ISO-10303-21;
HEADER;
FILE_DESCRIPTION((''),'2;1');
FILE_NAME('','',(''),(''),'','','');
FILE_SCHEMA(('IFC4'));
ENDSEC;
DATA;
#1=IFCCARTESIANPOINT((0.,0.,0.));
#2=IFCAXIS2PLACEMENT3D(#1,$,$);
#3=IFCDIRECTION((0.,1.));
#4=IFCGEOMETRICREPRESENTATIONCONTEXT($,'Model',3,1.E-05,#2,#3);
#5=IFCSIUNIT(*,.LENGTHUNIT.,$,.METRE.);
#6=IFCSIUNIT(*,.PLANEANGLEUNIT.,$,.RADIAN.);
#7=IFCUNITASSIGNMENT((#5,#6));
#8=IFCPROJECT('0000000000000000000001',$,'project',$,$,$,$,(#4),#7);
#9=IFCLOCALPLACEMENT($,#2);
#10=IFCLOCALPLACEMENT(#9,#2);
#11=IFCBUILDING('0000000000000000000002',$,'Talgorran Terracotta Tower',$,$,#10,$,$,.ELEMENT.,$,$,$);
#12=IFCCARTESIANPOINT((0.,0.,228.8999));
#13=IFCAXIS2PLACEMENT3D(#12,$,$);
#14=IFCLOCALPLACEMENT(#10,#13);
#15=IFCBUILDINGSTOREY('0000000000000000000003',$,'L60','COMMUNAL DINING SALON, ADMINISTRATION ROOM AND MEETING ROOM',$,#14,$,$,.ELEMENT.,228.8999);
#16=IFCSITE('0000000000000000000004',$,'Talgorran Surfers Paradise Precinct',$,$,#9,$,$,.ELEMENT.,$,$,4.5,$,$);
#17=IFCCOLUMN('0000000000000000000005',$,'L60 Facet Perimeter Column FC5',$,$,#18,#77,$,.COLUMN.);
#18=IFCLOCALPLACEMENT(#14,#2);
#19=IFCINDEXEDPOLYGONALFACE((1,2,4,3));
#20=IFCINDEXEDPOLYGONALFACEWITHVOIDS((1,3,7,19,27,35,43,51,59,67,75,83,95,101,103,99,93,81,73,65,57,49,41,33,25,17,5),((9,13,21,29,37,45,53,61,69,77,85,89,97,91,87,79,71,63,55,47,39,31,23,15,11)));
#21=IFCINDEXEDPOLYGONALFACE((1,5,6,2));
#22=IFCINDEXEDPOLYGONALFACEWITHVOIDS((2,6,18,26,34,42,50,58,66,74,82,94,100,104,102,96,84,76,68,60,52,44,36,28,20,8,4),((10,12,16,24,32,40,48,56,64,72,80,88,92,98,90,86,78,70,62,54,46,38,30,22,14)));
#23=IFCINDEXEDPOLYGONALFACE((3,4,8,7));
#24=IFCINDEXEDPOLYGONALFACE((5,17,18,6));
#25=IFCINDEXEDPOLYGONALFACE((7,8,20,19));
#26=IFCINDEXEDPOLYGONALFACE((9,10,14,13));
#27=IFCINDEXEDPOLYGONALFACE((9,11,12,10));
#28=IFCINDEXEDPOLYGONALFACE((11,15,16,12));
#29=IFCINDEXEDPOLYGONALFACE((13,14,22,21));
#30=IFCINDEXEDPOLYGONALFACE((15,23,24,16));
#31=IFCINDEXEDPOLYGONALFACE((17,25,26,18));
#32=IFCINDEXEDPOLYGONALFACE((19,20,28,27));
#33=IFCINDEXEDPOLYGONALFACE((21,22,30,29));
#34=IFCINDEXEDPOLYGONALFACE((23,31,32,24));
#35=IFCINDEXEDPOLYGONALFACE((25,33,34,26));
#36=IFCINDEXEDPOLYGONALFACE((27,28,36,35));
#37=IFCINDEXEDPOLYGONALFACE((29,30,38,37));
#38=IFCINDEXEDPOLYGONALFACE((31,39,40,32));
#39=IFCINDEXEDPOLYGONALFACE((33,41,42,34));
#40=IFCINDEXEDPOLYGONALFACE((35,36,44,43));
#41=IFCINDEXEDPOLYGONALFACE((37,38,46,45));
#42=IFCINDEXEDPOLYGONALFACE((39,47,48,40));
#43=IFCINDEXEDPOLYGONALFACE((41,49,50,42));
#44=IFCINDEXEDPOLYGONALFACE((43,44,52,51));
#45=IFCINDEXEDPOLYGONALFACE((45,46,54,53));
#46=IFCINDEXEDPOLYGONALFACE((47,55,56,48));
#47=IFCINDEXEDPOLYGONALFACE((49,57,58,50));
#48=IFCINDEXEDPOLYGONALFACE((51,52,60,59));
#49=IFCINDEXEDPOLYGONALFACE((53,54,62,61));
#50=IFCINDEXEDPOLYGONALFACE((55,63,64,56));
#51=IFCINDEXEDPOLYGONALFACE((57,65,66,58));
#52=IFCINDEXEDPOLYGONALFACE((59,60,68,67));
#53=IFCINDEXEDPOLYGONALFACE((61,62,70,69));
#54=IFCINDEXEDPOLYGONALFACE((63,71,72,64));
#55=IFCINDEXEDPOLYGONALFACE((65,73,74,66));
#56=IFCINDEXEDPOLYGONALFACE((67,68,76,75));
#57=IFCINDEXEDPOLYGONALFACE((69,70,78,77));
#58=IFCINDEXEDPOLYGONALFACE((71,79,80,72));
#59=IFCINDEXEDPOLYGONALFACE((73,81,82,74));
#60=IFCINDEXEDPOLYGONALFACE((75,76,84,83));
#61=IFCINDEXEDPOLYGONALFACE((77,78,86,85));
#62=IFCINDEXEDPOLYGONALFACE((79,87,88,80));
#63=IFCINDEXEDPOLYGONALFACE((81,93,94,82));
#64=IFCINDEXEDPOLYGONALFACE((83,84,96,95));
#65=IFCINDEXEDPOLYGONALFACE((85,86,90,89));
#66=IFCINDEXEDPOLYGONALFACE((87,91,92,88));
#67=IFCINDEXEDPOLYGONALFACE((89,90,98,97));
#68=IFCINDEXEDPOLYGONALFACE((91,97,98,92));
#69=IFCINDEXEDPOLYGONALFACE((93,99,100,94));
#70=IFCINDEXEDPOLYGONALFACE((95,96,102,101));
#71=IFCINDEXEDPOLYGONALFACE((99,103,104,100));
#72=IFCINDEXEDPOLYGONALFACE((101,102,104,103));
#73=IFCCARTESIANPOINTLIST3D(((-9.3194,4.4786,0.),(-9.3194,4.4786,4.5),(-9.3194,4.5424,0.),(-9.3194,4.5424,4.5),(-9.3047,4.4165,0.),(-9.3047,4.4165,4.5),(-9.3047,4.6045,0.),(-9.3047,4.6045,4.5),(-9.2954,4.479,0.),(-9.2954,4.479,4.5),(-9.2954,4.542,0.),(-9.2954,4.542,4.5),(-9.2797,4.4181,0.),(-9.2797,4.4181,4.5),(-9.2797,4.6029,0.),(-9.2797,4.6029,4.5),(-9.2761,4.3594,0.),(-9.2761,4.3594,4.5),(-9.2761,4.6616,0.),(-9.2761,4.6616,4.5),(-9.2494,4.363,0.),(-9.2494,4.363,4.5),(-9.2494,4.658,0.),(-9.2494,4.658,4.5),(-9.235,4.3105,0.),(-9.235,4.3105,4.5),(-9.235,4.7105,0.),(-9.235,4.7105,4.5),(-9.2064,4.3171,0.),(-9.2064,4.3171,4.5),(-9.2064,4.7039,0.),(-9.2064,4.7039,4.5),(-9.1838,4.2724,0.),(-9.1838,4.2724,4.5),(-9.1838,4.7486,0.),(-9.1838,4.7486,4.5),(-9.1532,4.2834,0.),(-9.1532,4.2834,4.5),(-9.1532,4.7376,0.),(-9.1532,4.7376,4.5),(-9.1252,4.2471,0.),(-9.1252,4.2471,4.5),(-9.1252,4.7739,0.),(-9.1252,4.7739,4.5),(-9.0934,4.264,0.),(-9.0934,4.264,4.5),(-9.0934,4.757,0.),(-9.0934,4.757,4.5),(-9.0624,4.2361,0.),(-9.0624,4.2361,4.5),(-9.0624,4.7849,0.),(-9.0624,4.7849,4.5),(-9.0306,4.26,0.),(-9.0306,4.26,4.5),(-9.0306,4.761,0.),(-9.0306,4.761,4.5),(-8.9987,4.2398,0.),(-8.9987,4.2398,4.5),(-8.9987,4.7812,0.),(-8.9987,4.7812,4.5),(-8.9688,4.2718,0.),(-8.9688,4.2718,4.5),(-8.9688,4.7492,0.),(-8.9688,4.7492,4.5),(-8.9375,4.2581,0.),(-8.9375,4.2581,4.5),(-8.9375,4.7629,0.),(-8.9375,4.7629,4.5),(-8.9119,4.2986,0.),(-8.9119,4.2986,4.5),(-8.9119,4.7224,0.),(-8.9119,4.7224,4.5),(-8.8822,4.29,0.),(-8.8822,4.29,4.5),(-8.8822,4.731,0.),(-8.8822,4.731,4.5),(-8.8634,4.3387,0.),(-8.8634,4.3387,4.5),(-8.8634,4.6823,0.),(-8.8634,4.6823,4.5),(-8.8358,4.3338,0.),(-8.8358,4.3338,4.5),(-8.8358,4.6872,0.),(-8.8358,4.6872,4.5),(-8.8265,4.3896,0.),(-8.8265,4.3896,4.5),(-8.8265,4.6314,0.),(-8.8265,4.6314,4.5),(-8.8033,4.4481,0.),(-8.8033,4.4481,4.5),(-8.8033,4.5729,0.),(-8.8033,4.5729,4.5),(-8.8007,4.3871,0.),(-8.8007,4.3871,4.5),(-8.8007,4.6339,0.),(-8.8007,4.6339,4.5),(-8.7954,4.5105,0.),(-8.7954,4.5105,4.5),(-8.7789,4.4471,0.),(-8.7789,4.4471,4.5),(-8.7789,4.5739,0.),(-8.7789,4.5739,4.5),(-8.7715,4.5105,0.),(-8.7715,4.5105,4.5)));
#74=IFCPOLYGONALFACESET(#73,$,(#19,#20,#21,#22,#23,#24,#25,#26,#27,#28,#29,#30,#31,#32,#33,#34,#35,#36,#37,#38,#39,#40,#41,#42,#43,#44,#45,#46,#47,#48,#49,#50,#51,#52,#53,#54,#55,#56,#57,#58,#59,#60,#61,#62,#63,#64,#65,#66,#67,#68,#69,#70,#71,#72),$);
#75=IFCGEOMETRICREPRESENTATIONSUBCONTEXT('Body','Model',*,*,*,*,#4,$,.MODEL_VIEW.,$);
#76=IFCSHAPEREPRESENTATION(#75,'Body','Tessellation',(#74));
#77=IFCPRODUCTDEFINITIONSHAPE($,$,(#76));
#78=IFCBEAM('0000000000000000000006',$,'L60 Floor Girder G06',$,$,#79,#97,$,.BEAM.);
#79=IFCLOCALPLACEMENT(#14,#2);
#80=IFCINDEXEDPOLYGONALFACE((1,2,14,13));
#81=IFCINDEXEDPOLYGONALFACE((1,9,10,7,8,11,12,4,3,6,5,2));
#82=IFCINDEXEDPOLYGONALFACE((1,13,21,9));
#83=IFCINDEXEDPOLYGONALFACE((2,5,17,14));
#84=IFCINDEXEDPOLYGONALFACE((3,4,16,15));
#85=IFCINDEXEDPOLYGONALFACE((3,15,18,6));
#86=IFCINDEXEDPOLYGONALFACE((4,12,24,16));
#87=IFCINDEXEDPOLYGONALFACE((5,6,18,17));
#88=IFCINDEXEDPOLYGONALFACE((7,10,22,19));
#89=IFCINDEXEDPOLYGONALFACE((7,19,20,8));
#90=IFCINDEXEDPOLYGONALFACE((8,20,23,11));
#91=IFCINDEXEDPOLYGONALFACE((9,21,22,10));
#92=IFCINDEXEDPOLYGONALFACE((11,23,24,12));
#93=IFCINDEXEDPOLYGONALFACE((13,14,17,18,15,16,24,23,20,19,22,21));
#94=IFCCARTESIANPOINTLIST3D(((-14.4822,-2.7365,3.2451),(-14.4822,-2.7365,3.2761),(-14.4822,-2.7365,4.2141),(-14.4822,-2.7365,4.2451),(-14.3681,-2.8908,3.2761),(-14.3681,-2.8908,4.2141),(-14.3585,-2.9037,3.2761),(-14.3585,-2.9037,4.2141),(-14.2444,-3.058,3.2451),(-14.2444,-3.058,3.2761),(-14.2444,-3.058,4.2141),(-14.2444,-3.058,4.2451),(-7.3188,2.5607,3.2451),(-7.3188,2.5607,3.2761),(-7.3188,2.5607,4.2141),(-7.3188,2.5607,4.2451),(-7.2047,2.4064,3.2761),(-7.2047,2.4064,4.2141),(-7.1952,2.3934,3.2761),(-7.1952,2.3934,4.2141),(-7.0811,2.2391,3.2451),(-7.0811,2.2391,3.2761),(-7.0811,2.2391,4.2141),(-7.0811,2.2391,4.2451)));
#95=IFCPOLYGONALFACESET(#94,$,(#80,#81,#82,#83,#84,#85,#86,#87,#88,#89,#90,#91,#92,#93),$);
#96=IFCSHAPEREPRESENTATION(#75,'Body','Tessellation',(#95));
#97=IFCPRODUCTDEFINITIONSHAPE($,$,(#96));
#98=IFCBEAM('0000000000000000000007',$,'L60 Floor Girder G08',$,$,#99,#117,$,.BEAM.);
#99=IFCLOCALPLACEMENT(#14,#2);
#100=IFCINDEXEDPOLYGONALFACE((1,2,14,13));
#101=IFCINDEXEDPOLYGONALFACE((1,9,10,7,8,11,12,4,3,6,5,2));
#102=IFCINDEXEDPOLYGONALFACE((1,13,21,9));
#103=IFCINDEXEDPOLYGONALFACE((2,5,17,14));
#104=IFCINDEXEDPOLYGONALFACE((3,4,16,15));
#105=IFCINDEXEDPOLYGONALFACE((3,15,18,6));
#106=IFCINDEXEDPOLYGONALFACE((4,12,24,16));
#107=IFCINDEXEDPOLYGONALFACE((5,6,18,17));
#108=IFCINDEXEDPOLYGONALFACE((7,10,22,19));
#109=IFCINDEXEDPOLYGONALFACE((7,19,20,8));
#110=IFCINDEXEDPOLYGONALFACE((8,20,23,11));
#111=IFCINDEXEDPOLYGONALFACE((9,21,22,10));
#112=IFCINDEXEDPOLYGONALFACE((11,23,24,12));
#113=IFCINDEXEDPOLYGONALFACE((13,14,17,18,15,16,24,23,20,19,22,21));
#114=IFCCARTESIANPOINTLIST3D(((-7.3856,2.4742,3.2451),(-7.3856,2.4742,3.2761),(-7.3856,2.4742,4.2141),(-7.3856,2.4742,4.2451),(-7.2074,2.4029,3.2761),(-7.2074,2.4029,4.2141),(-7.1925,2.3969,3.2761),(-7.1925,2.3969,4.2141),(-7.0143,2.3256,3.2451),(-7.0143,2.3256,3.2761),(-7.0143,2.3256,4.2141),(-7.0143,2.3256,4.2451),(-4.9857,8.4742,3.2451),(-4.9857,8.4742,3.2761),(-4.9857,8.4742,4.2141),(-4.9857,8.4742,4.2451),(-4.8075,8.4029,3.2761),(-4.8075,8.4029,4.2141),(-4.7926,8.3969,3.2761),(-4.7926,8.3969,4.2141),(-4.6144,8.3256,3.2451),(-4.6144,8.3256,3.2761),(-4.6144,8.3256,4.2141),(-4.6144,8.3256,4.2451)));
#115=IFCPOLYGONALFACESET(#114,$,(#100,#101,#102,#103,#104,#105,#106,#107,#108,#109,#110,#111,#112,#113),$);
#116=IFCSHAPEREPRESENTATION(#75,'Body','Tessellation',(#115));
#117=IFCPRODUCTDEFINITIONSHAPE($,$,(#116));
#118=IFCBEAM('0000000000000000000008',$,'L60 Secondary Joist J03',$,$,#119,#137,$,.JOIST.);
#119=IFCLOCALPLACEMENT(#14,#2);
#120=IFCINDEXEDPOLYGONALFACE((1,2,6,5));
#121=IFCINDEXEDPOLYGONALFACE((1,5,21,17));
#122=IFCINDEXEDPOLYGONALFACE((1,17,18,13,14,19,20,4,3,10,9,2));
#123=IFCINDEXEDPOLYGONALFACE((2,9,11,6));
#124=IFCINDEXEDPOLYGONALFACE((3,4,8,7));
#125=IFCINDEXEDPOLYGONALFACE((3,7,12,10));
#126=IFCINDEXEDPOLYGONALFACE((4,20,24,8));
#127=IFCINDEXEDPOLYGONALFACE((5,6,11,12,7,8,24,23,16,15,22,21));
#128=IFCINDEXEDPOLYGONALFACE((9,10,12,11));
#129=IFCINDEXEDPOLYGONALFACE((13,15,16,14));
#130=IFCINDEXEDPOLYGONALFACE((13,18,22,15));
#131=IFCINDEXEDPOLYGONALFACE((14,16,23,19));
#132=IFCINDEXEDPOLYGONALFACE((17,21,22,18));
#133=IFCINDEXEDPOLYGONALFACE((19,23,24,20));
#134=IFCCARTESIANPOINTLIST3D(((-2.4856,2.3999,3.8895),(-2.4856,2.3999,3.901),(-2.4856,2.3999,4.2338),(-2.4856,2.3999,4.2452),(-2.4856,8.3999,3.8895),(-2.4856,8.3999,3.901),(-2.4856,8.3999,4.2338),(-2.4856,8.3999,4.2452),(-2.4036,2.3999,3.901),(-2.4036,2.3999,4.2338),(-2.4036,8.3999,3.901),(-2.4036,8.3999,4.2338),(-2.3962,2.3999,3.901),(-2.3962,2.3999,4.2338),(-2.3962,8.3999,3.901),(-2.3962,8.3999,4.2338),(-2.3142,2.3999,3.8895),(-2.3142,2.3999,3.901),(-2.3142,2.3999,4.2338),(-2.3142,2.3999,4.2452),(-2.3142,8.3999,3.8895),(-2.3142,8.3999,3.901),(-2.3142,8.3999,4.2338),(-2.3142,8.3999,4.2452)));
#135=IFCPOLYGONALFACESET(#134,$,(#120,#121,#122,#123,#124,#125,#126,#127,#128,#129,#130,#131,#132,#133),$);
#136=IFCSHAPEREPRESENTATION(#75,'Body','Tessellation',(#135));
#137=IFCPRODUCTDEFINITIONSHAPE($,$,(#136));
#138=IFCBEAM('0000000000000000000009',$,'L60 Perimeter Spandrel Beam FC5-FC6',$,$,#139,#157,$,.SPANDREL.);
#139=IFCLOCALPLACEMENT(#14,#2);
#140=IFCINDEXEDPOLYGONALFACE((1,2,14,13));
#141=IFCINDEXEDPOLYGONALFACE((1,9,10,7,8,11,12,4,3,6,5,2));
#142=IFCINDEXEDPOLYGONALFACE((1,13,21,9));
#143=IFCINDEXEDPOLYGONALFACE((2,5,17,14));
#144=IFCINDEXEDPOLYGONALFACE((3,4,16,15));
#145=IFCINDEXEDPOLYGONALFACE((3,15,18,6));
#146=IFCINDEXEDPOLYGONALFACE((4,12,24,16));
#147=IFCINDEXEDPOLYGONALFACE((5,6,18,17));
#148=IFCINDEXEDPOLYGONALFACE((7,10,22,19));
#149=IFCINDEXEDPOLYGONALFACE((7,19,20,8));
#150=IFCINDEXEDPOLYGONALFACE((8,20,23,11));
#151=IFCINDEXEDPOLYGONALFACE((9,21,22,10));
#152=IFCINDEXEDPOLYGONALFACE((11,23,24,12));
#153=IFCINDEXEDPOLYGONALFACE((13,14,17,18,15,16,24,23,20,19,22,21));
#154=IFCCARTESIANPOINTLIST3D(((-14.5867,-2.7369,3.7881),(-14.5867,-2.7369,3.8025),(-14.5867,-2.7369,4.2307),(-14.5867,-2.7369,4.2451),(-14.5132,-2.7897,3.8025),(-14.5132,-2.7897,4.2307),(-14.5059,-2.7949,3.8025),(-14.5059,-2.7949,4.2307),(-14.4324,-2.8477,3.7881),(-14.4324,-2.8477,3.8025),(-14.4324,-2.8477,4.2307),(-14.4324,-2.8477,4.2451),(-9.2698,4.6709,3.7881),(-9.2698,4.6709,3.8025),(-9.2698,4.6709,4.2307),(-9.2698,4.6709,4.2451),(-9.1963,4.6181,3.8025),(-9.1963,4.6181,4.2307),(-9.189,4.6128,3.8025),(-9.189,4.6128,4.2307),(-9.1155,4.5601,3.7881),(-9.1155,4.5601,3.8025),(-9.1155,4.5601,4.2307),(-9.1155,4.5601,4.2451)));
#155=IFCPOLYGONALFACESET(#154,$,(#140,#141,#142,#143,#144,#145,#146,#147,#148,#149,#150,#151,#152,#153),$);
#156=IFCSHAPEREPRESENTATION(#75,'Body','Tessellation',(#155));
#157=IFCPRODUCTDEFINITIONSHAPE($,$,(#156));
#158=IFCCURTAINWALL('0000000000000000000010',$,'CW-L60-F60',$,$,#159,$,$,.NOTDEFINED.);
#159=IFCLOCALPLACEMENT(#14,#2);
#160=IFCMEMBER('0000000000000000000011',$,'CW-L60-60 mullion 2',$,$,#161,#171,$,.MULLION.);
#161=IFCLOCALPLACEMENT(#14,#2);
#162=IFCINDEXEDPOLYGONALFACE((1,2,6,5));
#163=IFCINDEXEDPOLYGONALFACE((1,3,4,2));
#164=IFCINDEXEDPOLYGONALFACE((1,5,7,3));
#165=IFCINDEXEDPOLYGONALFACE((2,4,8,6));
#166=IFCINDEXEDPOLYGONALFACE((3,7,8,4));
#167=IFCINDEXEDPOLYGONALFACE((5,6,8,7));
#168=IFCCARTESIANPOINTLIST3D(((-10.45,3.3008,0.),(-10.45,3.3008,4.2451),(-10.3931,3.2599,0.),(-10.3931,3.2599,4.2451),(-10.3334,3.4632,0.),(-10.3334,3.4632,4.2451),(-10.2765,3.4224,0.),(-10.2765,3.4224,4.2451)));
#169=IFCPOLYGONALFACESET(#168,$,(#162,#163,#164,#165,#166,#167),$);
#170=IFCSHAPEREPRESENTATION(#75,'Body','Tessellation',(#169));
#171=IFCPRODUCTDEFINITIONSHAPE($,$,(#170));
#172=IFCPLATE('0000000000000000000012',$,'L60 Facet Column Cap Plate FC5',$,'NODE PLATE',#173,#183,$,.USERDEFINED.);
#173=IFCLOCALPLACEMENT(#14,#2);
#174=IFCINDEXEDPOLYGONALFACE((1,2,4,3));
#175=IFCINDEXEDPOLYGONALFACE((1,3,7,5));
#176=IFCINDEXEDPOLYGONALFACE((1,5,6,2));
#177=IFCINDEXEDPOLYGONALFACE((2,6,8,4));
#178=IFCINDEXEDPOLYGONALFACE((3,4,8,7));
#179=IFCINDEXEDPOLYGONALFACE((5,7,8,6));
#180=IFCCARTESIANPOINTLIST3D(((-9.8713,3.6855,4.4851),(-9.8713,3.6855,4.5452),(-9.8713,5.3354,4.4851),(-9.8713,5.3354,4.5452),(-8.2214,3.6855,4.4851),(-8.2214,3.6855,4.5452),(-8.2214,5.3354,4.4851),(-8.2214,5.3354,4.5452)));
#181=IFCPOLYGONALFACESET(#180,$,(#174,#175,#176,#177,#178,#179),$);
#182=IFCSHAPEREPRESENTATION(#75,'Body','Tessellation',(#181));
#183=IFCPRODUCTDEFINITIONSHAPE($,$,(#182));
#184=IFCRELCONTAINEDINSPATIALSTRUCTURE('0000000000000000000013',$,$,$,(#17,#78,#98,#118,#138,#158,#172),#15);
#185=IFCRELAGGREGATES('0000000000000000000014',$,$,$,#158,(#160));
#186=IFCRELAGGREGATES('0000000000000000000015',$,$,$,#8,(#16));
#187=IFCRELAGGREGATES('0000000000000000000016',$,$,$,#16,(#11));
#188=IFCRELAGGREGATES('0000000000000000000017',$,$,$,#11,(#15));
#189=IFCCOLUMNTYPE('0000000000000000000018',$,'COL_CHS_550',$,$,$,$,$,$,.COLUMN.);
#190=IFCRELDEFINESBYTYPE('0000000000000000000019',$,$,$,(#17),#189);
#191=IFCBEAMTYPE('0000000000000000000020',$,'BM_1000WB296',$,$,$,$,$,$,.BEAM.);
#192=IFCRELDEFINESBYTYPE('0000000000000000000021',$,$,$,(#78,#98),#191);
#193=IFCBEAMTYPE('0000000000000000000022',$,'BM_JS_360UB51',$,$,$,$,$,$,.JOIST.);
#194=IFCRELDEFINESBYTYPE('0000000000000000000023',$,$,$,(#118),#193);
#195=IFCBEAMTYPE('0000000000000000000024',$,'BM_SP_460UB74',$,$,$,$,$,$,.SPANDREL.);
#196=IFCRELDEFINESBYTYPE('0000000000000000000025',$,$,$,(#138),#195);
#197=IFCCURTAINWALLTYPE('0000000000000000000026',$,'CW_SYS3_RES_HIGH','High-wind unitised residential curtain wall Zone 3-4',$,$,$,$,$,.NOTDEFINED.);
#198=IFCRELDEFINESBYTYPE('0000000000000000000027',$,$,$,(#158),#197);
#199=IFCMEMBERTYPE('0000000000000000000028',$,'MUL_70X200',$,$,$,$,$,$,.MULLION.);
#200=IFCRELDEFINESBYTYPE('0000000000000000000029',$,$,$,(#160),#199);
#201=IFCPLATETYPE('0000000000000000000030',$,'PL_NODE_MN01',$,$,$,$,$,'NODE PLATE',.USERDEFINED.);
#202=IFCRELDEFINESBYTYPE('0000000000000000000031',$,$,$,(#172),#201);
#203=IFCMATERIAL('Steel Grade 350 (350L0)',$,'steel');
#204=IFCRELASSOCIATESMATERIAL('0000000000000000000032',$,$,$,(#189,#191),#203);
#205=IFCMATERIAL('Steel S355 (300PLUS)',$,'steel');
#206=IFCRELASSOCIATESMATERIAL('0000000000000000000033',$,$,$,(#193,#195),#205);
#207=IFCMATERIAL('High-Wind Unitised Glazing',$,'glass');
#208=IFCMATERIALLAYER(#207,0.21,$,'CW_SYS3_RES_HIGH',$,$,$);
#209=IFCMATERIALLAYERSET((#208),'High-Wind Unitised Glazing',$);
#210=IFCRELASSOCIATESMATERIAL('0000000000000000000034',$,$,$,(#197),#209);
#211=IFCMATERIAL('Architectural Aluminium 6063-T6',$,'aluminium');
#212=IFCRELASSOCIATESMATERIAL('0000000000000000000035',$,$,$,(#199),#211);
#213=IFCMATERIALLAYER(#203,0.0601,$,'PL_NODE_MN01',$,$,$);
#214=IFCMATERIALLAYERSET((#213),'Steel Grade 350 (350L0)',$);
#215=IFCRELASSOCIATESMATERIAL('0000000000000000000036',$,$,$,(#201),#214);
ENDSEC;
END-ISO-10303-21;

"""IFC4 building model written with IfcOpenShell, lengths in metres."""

from ifc_helpers import new_model, si_unit, direction, frame, origin, origin_2d, place, context, subcontext, project, spatial, rectangle, hollow_circle, i_section, extrude, material, layer, layer_set, material_profile, profile_set, type_object, element, aggregate, save


model = new_model("IFC4")

# Units and contexts
model_context = context("Model", 3, precision=1e-05, world=origin(), true_north=direction((0.0, 1.0)))
body_context = subcontext(model_context, "Body", "Model", "MODEL_VIEW")
ifc_project = project(units=[si_unit("LENGTHUNIT", "METRE"), si_unit("PLANEANGLEUNIT", "RADIAN")], contexts=[model_context])

# Site, building, storey
site_placement = place(None, origin())
site = spatial("IfcSite", under=ifc_project, at=site_placement, Name="Talgorran Surfers Paradise Precinct", CompositionType="ELEMENT", RefElevation=4.5)
building_placement = place(site_placement, origin())
building = spatial("IfcBuilding", under=site, at=building_placement, Name="Talgorran Terracotta Tower", CompositionType="ELEMENT")
storey_placement = place(building_placement, frame((0.0, 0.0, 228.8999)))
storey = spatial("IfcBuildingStorey", under=building, at=storey_placement, Name="L60", Description="COMMUNAL DINING SALON, ADMINISTRATION ROOM AND MEETING ROOM", CompositionType="ELEMENT", Elevation=228.8999)

# Column
ifc_material_1 = material(Name="Steel Grade 350 (350L0)", Category="steel")
ifc_material_profile_1 = material_profile(ifc_material_1, hollow_circle(Radius=0.2749, WallThickness=0.0239, at=origin_2d()), Name="CHS550X24")
ifc_profile_set_1 = profile_set([ifc_material_profile_1], Name="Steel Grade 350 (350L0)")
column_type = type_object("IfcColumnType", Name="COL_CHS_550", PredefinedType="COLUMN", material=ifc_profile_set_1)
column_placement = place(storey_placement, frame((-9.0464, 4.5105, 0.0), z_axis=(0.0, 0.0, 1.0), x_axis=(1.0, 0.0, 0.0)))
element("IfcColumn", 1, at=column_placement, inside=storey, type_object=column_type, Name="L60 Facet Perimeter Column FC5", PredefinedType="COLUMN", context=body_context, shape_type="SweptSolid", body=[
    extrude(hollow_circle(Radius=0.2749, WallThickness=0.0239, at=origin_2d()), origin(), (0.0, 0.0, 1.0), 4.5),
])

# Beams
ifc_material_profile_2 = material_profile(ifc_material_1, i_section(OverallWidth=0.3999, OverallDepth=1.0, WebThickness=0.0161, FlangeThickness=0.031, at=origin_2d()), Name="1000WB296")
ifc_profile_set_2 = profile_set([ifc_material_profile_2], Name="Steel Grade 350 (350L0)")
beam_type_1 = type_object("IfcBeamType", Name="BM_1000WB296", PredefinedType="BEAM", material=ifc_profile_set_2)
beam_1_placement = place(storey_placement, frame((-7.2, 2.3999, 3.7451), z_axis=(-0.804043, -0.594571, 0.0), x_axis=(0.594571, -0.804043, 0.0)))
element("IfcBeam", 2, at=beam_1_placement, inside=storey, type_object=beam_type_1, Name="L60 Floor Girder G06", PredefinedType="BEAM", context=body_context, shape_type="SweptSolid", body=[
    extrude(i_section(OverallWidth=0.3999, OverallDepth=1.0, WebThickness=0.0161, FlangeThickness=0.031, at=origin_2d()), origin(), (0.0, 0.0, 1.0), 8.9092),
])
beam_2_placement = place(storey_placement, frame((-7.2, 2.3999, 3.7451), z_axis=(0.371378, 0.928482, 0.0), x_axis=(-0.928482, 0.371378, 0.0)))
element("IfcBeam", 3, at=beam_2_placement, inside=storey, type_object=beam_type_1, Name="L60 Floor Girder G08", PredefinedType="BEAM", context=body_context, shape_type="SweptSolid", body=[
    extrude(i_section(OverallWidth=0.3999, OverallDepth=1.0, WebThickness=0.0161, FlangeThickness=0.031, at=origin_2d()), origin(), (0.0, 0.0, 1.0), 6.4622),
])
ifc_material_2 = material(Name="Steel S355 (300PLUS)", Category="steel")
ifc_material_profile_3 = material_profile(ifc_material_2, i_section(OverallWidth=0.1714, OverallDepth=0.3557, WebThickness=0.0073, FlangeThickness=0.0115, at=origin_2d()), Name="360UB50.7")
ifc_profile_set_3 = profile_set([ifc_material_profile_3], Name="Steel S355 (300PLUS)")
beam_type_2 = type_object("IfcBeamType", Name="BM_JS_360UB51", PredefinedType="JOIST", material=ifc_profile_set_3)
beam_3_placement = place(storey_placement, frame((-2.3999, 2.3999, 4.0674), z_axis=(0.0, 1.0, 0.0), x_axis=(-1.0, 0.0, 0.0)))
element("IfcBeam", 4, at=beam_3_placement, inside=storey, type_object=beam_type_2, Name="L60 Secondary Joist J03", PredefinedType="JOIST", context=body_context, shape_type="SweptSolid", body=[
    extrude(i_section(OverallWidth=0.1714, OverallDepth=0.3557, WebThickness=0.0073, FlangeThickness=0.0115, at=origin_2d()), origin(), (0.0, 0.0, 1.0), 6.0),
])
ifc_material_profile_4 = material_profile(ifc_material_2, i_section(OverallWidth=0.1899, OverallDepth=0.457, WebThickness=0.009, FlangeThickness=0.0144, at=origin_2d()), Name="460UB74.6")
ifc_profile_set_4 = profile_set([ifc_material_profile_4], Name="Steel S355 (300PLUS)")
beam_type_3 = type_object("IfcBeamType", Name="BM_SP_460UB74", PredefinedType="SPANDREL", material=ifc_profile_set_4)
beam_4_placement = place(storey_placement, frame((-9.1926, 4.6155, 4.0166), z_axis=(-0.583101, -0.8124, 0.0), x_axis=(0.8124, -0.583101, 0.0)))
element("IfcBeam", 5, at=beam_4_placement, inside=storey, type_object=beam_type_3, Name="L60 Perimeter Spandrel Beam FC5-FC6", PredefinedType="SPANDREL", context=body_context, shape_type="SweptSolid", body=[
    extrude(i_section(OverallWidth=0.1899, OverallDepth=0.457, WebThickness=0.009, FlangeThickness=0.0144, at=origin_2d()), origin(), (0.0, 0.0, 1.0), 9.1184),
])

# Curtain wall, member
ifc_material_3 = material(Name="High-Wind Unitised Glazing", Category="glass")
ifc_layer_1 = layer(ifc_material_3, 0.21, Name="CW_SYS3_RES_HIGH")
ifc_layer_set_1 = layer_set([ifc_layer_1], Name="High-Wind Unitised Glazing")
curtain_wall_type = type_object("IfcCurtainWallType", Name="CW_SYS3_RES_HIGH", Description="High-wind unitised residential curtain wall Zone 3-4", PredefinedType="NOTDEFINED", material=ifc_layer_set_1)
curtain_wall_placement = place(storey_placement, origin())
curtain_wall = element("IfcCurtainWall", 6, at=curtain_wall_placement, inside=storey, type_object=curtain_wall_type, Name="CW-L60-F60", PredefinedType="NOTDEFINED")
ifc_material_4 = material(Name="Architectural Aluminium 6063-T6", Category="aluminium")
ifc_material_profile_5 = material_profile(ifc_material_4, rectangle(XDim=0.0701, YDim=0.2, at=origin_2d()), Name="CWM70X200")
ifc_profile_set_5 = profile_set([ifc_material_profile_5], Name="Architectural Aluminium 6063-T6")
member_type = type_object("IfcMemberType", Name="MUL_70X200", PredefinedType="MULLION", material=ifc_profile_set_5)
member_placement = place(storey_placement, frame((-10.3633, 3.3616, 0.0), z_axis=(0.0, 0.0, 1.0), x_axis=(0.81239, -0.583114, 0.0)))
member = element("IfcMember", 7, at=member_placement, type_object=member_type, Name="CW-L60-60 mullion 2", PredefinedType="MULLION", context=body_context, shape_type="SweptSolid", body=[
    extrude(rectangle(XDim=0.0701, YDim=0.2, at=origin_2d()), origin(), (0.0, 0.0, 1.0), 4.2451),
])
aggregate(curtain_wall, [member])

# Plate
ifc_layer_2 = layer(ifc_material_1, 0.0601, Name="PL_NODE_MN01")
ifc_layer_set_2 = layer_set([ifc_layer_2], Name="Steel Grade 350 (350L0)")
plate_type = type_object("IfcPlateType", Name="PL_NODE_MN01", ElementType="NODE PLATE", PredefinedType="USERDEFINED", material=ifc_layer_set_2)
plate_placement = place(storey_placement, frame((-9.0464, 4.5105, 4.4851), z_axis=(0.0, 0.0, 1.0), x_axis=(1.0, 0.0, 0.0)))
element("IfcPlate", 8, at=plate_placement, inside=storey, type_object=plate_type, Name="L60 Facet Column Cap Plate FC5", ObjectType="NODE PLATE", PredefinedType="USERDEFINED", context=body_context, shape_type="SweptSolid", body=[
    extrude(rectangle(XDim=1.6499, YDim=1.6499, at=origin_2d()), origin(), (0.0, 0.0, 1.0), 0.0601),
])

save(model, "model.ifc")
